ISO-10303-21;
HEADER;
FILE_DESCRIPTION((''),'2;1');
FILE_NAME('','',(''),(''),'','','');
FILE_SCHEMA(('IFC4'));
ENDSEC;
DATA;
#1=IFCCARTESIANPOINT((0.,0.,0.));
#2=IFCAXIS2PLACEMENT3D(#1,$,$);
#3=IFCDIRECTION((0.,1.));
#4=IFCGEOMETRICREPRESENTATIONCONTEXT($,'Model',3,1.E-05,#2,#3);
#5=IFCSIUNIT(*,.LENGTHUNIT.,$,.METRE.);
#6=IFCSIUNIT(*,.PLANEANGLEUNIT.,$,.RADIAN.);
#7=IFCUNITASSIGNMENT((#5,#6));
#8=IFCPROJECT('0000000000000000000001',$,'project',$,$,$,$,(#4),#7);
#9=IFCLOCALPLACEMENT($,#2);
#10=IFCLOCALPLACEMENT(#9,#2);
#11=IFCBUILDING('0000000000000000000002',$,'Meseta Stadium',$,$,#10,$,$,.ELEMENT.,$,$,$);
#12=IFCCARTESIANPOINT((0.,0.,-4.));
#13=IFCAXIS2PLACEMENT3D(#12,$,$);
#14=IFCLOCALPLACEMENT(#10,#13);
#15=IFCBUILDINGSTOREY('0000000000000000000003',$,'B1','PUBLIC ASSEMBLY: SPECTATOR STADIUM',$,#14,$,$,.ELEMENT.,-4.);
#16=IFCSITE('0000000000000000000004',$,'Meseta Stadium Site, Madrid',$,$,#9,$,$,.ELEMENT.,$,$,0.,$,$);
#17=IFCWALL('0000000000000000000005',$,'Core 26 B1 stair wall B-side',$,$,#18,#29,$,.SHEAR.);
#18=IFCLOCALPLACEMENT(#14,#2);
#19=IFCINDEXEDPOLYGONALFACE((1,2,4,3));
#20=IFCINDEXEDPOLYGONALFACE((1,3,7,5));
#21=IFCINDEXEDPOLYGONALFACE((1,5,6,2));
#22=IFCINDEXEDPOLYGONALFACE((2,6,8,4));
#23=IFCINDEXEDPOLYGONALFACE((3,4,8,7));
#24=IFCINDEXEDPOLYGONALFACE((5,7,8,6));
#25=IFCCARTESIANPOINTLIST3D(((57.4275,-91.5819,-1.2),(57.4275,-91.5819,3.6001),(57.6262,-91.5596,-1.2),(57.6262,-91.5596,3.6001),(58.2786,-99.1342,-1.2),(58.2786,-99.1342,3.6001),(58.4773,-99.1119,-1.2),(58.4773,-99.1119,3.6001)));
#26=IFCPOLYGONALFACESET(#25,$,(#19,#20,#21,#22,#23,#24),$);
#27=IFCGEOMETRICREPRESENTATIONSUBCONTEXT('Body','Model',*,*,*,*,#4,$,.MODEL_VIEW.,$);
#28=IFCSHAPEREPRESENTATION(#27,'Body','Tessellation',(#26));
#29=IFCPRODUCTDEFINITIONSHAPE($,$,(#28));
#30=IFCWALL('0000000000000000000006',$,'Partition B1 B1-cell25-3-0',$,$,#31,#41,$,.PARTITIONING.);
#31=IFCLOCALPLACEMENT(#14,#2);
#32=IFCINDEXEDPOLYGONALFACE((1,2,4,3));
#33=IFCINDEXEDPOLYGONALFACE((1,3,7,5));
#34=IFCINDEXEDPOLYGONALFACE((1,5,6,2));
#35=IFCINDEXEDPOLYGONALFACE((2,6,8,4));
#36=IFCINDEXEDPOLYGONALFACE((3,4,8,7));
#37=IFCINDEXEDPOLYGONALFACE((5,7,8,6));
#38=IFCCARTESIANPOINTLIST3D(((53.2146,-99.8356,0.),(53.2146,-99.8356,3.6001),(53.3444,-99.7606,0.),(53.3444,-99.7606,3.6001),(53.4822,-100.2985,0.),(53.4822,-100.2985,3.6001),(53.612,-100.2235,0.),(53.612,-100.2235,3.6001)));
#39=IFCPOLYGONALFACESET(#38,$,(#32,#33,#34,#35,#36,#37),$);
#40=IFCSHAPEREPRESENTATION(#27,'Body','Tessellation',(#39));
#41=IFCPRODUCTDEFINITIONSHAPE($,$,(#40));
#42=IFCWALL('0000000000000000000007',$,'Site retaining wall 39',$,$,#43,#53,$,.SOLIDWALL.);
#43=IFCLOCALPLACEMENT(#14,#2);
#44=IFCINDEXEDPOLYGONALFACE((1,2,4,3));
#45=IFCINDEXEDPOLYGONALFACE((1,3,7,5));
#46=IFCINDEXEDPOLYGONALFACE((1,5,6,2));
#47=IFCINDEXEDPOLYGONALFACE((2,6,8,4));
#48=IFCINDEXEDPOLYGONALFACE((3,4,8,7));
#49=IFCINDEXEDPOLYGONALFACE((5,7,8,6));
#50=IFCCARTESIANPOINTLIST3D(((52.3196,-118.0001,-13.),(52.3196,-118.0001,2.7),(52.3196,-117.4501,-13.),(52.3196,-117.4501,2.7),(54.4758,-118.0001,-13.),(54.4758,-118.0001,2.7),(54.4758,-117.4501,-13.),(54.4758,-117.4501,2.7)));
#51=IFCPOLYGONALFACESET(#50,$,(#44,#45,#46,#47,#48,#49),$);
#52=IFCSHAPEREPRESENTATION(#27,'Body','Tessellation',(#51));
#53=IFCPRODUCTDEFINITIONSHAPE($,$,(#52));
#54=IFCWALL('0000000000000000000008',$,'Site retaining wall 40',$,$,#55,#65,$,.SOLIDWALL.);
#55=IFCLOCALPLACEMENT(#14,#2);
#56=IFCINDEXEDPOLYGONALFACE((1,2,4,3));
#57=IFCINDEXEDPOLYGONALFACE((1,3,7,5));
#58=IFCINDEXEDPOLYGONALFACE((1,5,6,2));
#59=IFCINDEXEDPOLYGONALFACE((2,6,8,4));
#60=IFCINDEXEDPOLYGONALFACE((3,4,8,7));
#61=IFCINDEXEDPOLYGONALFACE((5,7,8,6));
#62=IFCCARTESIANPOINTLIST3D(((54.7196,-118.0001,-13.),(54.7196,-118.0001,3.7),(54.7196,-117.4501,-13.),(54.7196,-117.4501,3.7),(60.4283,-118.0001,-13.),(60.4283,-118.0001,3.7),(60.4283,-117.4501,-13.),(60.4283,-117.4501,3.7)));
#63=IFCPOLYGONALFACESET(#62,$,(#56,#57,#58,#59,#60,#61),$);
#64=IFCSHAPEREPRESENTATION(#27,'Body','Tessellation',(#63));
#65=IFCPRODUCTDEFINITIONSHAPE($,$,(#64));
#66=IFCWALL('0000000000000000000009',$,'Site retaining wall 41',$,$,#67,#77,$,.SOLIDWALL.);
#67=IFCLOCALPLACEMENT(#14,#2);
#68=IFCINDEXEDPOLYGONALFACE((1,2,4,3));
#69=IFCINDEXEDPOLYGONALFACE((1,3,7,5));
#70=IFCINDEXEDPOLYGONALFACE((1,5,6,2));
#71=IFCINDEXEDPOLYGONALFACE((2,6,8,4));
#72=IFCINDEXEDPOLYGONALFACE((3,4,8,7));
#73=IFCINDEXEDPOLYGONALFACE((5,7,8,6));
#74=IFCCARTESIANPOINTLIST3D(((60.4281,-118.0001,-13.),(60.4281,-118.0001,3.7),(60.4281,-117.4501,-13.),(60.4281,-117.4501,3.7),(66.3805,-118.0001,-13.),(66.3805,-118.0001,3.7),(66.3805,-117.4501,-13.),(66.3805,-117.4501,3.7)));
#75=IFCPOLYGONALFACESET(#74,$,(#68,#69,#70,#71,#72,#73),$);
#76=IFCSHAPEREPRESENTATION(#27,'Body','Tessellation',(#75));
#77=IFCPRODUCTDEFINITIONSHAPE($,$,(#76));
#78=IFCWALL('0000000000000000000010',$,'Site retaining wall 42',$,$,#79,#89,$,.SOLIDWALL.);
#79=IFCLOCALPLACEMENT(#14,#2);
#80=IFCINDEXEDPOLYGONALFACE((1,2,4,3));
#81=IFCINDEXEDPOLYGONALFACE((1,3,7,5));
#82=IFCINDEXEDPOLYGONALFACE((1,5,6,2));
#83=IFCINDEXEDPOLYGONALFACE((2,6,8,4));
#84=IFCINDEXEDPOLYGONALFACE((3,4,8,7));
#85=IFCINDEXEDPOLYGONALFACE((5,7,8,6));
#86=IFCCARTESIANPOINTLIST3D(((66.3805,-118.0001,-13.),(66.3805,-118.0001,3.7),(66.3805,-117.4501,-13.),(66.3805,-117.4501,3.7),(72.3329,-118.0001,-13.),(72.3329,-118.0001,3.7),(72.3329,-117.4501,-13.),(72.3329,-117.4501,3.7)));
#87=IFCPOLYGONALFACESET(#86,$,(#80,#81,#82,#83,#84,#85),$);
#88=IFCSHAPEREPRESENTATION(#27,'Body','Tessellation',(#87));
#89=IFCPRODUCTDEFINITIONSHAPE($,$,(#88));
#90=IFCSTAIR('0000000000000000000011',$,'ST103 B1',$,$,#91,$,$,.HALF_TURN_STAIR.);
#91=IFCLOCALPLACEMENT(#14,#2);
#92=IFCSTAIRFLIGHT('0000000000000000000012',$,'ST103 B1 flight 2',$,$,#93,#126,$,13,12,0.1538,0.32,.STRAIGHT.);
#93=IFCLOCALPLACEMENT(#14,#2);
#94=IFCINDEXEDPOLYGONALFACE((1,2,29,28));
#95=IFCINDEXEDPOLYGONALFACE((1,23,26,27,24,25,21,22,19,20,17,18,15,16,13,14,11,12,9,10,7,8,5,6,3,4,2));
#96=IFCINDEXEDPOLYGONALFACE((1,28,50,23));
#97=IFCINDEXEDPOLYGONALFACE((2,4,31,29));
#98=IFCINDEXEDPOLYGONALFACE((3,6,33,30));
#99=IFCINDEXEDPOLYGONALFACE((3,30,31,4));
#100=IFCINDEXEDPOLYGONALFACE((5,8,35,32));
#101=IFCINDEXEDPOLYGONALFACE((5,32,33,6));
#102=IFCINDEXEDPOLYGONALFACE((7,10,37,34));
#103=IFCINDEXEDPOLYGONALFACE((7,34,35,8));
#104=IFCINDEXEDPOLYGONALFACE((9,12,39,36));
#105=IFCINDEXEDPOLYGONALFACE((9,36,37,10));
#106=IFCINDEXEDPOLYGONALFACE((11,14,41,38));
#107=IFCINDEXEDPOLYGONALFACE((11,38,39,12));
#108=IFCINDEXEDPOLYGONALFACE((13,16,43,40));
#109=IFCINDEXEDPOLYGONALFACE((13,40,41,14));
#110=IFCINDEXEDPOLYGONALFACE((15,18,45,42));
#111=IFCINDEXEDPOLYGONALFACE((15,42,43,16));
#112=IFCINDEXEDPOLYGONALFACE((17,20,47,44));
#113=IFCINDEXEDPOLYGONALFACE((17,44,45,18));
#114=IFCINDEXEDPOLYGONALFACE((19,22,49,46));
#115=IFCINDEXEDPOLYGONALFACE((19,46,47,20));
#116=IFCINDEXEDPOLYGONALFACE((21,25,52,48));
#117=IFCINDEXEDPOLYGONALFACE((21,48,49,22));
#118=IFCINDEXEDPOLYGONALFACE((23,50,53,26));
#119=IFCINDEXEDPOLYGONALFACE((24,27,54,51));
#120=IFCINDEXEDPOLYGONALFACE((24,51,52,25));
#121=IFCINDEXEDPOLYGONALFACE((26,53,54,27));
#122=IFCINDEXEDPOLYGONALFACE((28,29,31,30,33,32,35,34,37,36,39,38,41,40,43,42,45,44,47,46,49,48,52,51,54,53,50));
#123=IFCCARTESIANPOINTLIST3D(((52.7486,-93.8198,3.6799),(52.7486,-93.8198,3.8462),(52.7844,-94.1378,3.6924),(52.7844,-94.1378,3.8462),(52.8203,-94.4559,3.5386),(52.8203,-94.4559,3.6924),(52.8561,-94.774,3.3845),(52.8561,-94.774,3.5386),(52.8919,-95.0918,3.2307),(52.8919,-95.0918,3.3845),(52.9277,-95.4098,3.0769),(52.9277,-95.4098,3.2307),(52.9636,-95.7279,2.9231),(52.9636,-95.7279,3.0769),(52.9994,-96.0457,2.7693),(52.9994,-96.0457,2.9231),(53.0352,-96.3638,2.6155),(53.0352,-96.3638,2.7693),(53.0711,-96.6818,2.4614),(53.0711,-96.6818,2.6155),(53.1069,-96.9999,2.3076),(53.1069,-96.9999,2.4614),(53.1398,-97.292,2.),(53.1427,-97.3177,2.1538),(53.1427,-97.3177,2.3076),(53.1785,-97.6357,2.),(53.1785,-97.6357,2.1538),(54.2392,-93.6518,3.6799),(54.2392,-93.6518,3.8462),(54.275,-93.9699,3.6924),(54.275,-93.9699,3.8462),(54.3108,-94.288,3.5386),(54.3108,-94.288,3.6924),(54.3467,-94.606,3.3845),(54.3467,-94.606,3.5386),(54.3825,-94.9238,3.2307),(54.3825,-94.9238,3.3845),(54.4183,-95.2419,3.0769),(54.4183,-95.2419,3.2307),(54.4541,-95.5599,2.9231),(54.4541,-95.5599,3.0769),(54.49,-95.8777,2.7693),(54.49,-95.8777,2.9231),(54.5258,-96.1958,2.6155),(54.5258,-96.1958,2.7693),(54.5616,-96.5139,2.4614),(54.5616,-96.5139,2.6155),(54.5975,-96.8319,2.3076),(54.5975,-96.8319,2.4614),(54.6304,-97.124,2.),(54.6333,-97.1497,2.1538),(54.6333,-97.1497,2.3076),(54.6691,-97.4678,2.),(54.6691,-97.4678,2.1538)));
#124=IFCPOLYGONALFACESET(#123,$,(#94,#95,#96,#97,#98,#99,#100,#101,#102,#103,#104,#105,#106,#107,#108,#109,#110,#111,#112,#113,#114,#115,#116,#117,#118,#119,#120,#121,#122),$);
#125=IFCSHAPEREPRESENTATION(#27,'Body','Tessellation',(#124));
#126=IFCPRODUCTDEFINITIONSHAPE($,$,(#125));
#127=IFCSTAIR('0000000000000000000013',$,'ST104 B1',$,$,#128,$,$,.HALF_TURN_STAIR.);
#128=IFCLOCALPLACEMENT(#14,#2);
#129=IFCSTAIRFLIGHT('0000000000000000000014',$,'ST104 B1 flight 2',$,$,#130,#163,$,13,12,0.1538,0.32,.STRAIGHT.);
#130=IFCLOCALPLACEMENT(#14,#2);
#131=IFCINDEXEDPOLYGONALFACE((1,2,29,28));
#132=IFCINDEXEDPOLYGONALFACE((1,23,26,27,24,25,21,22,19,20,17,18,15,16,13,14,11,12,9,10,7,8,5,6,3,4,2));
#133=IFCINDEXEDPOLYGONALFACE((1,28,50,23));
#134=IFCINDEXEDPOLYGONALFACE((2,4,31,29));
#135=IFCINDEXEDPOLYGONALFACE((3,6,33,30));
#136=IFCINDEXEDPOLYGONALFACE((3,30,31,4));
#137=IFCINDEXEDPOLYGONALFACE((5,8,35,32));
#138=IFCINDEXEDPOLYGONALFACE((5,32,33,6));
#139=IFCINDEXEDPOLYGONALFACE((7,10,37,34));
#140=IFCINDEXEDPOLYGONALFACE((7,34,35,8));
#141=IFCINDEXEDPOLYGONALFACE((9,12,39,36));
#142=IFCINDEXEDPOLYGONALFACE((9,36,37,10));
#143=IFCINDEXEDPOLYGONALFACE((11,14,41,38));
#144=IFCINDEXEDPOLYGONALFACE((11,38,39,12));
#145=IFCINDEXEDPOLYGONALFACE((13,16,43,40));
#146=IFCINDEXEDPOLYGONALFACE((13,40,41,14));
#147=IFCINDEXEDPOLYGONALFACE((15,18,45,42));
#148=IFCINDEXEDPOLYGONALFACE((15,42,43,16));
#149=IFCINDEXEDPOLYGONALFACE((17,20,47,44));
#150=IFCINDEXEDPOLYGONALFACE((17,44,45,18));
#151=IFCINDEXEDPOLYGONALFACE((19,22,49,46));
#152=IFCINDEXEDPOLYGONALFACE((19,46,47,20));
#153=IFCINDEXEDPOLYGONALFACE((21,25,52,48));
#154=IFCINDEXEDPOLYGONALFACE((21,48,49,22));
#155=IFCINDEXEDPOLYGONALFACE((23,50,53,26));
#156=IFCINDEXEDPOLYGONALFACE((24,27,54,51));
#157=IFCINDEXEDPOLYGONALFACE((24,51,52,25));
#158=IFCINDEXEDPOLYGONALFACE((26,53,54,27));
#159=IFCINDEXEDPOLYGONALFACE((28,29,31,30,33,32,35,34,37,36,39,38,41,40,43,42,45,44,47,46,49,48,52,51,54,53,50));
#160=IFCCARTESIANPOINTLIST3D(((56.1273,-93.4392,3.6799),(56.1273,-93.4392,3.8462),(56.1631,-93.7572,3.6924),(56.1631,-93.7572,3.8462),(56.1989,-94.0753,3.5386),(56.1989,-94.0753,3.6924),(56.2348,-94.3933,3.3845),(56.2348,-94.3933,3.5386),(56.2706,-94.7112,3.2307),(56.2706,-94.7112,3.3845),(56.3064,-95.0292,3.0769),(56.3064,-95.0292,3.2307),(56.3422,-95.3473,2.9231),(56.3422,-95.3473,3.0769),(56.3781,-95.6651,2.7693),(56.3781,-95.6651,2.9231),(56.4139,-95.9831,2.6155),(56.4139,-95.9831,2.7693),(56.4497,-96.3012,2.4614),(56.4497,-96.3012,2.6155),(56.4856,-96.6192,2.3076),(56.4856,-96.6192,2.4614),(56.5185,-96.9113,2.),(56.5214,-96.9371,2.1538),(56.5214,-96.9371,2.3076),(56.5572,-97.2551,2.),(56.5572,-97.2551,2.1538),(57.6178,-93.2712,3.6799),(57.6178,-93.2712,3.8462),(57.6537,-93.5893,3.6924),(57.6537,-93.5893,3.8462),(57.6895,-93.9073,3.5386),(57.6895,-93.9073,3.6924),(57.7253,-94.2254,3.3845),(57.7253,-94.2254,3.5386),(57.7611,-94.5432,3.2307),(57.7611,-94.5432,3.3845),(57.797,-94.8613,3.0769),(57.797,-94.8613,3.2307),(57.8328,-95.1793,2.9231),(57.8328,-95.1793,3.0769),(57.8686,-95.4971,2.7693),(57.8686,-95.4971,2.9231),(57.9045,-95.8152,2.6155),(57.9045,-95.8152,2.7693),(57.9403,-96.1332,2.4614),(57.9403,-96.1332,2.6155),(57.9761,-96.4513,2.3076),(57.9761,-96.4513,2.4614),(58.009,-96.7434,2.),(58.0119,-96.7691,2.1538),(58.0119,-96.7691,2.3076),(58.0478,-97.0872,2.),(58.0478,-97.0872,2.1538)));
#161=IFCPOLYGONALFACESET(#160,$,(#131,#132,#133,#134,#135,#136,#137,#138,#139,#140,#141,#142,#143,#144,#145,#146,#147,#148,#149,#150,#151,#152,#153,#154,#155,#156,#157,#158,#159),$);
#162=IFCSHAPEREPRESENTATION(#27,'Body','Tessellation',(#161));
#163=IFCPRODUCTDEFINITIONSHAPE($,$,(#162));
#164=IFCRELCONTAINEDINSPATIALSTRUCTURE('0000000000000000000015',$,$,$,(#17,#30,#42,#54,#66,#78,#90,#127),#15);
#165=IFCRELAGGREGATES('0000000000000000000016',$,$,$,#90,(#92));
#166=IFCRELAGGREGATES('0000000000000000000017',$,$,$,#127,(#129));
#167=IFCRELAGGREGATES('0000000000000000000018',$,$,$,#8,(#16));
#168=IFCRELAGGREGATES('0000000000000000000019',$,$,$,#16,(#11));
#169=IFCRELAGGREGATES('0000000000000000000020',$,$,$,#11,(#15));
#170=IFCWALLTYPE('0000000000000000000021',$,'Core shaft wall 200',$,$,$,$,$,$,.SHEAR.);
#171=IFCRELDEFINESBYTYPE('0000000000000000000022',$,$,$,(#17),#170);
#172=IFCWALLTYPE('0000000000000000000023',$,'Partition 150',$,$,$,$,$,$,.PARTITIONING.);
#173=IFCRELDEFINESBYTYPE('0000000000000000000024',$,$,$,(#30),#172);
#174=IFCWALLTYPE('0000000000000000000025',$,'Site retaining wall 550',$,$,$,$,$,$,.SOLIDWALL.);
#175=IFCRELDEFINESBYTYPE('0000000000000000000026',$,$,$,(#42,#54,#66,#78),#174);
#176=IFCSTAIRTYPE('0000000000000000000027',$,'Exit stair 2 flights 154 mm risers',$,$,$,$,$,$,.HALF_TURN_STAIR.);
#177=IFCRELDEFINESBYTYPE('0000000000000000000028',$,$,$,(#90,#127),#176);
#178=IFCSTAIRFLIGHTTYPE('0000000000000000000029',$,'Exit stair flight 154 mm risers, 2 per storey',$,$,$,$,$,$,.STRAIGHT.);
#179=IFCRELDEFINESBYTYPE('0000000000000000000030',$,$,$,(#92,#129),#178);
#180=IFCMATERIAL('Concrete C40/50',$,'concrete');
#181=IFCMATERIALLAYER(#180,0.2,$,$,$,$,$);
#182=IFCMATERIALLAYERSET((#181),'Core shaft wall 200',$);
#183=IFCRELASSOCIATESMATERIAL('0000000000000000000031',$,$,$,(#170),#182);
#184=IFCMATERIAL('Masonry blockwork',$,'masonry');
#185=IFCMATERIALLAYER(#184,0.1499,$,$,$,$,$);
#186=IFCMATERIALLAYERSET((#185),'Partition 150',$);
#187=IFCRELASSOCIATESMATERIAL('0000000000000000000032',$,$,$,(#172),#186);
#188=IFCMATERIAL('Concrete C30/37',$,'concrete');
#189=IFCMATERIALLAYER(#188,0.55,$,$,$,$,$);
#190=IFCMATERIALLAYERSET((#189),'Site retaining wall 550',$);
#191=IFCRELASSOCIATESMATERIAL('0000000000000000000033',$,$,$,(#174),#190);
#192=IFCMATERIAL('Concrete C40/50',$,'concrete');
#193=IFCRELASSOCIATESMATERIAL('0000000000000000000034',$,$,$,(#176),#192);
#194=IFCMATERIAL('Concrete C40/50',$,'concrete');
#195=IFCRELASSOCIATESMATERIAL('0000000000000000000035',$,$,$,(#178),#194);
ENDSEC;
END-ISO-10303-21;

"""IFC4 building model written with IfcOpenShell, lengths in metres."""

from ifc_helpers import new_model, si_unit, direction, frame, frame_2d, origin, place, context, subcontext, project, spatial, polyline, rectangle, outline, extrude, material, layer, layer_set, type_object, element, aggregate, save


model = new_model("IFC4")

# Units and contexts
model_context = context("Model", 3, precision=1e-05, world=origin(), true_north=direction((0.0, 1.0)))
body_context = subcontext(model_context, "Body", "Model", "MODEL_VIEW")
ifc_project = project(units=[si_unit("LENGTHUNIT", "METRE"), si_unit("PLANEANGLEUNIT", "RADIAN")], contexts=[model_context])

# Site, building, storey
site_placement = place(None, origin())
site = spatial("IfcSite", under=ifc_project, at=site_placement, Name="Meseta Stadium Site, Madrid", CompositionType="ELEMENT", RefElevation=0.0)
building_placement = place(site_placement, origin())
building = spatial("IfcBuilding", under=site, at=building_placement, Name="Meseta Stadium", CompositionType="ELEMENT")
storey_placement = place(building_placement, frame((0.0, 0.0, -4.0)))
storey = spatial("IfcBuildingStorey", under=building, at=storey_placement, Name="B1", Description="PUBLIC ASSEMBLY: SPECTATOR STADIUM", CompositionType="ELEMENT", Elevation=-4.0)

# Walls
ifc_material_1 = material(Name="Concrete C40/50", Category="concrete")
ifc_layer_1 = layer(ifc_material_1, 0.2)
ifc_layer_set_1 = layer_set([ifc_layer_1], Name="Core shaft wall 200")
wall_type_1 = type_object("IfcWallType", Name="Core shaft wall 200", PredefinedType="SHEAR", material=ifc_layer_set_1)
wall_1_placement = place(storey_placement, frame((58.3779, -99.123, -1.2), z_axis=(0.0, 0.0, 1.0), x_axis=(-0.111983, 0.99371, 0.0)))
element("IfcWall", 1, at=wall_1_placement, inside=storey, type_object=wall_type_1, Name="Core 26 B1 stair wall B-side", PredefinedType="SHEAR", context=body_context, shape_type="SweptSolid", body=[
    extrude(rectangle(XDim=7.6001, YDim=0.2, at=frame_2d((3.8, 0.0))), origin(), (0.0, 0.0, 1.0), 4.8),
])
ifc_material_2 = material(Name="Masonry blockwork", Category="masonry")
ifc_layer_2 = layer(ifc_material_2, 0.1499)
ifc_layer_set_2 = layer_set([ifc_layer_2], Name="Partition 150")
wall_type_2 = type_object("IfcWallType", Name="Partition 150", PredefinedType="PARTITIONING", material=ifc_layer_set_2)
wall_2_placement = place(storey_placement, frame((53.5471, -100.261, 0.0), z_axis=(0.0, 0.0, 1.0), x_axis=(-0.50046, 0.86576, 0.0)))
element("IfcWall", 2, at=wall_2_placement, inside=storey, type_object=wall_type_2, Name="Partition B1 B1-cell25-3-0", PredefinedType="PARTITIONING", context=body_context, shape_type="SweptSolid", body=[
    extrude(rectangle(XDim=0.5347, YDim=0.1499, at=frame_2d((0.2673, 0.0))), origin(), (0.0, 0.0, 1.0), 3.6001),
])
ifc_material_3 = material(Name="Concrete C30/37", Category="concrete")
ifc_layer_3 = layer(ifc_material_3, 0.55)
ifc_layer_set_3 = layer_set([ifc_layer_3], Name="Site retaining wall 550")
wall_type_3 = type_object("IfcWallType", Name="Site retaining wall 550", PredefinedType="SOLIDWALL", material=ifc_layer_set_3)
wall_3_placement = place(storey_placement, frame((52.3196, -117.7251, -13.0), z_axis=(0.0, 0.0, 1.0), x_axis=(1.0, 0.0, 0.0)))
element("IfcWall", 3, at=wall_3_placement, inside=storey, type_object=wall_type_3, Name="Site retaining wall 39", PredefinedType="SOLIDWALL", context=body_context, shape_type="SweptSolid", body=[
    extrude(rectangle(XDim=2.1562, YDim=0.55, at=frame_2d((1.0781, 0.0))), origin(), (0.0, 0.0, 1.0), 15.7),
])
wall_4_placement = place(storey_placement, frame((54.7195, -117.7251, -13.0), z_axis=(0.0, 0.0, 1.0), x_axis=(1.0, 0.0, 0.0)))
element("IfcWall", 4, at=wall_4_placement, inside=storey, type_object=wall_type_3, Name="Site retaining wall 40", PredefinedType="SOLIDWALL", context=body_context, shape_type="SweptSolid", body=[
    extrude(rectangle(XDim=5.7087, YDim=0.55, at=frame_2d((2.8545, 0.0))), origin(), (0.0, 0.0, 1.0), 16.7),
])
for number, where, z_axis, x_axis, name in (
    (5, (60.4282, -117.7251, -13.0), (0.0, 0.0, 1.0), (1.0, 0.0, 0.0), "Site retaining wall 41"),
    (6, (66.3806, -117.7251, -13.0), (0.0, 0.0, 1.0), (1.0, 0.0, 0.0), "Site retaining wall 42"),
):
    element("IfcWall", number, at=place(storey_placement, frame(where, z_axis=z_axis, x_axis=x_axis)), inside=storey, type_object=wall_type_3, Name=name, PredefinedType="SOLIDWALL", context=body_context, shape_type="SweptSolid", body=[
        extrude(rectangle(XDim=5.9524, YDim=0.55, at=frame_2d((2.9761, 0.0))), origin(), (0.0, 0.0, 1.0), 16.7),
    ])

# Stairs, stair flights
ifc_material_4 = material(Name="Concrete C40/50", Category="concrete")
stair_type = type_object("IfcStairType", Name="Exit stair 2 flights 154 mm risers", PredefinedType="HALF_TURN_STAIR", material=ifc_material_4)
stair_1_placement = place(storey_placement, origin())
stair_1 = element("IfcStair", 7, at=stair_1_placement, inside=storey, type_object=stair_type, Name="ST103 B1", PredefinedType="HALF_TURN_STAIR")
ifc_material_5 = material(Name="Concrete C40/50", Category="concrete")
stair_flight_type = type_object("IfcStairFlightType", Name="Exit stair flight 154 mm risers, 2 per storey", PredefinedType="STRAIGHT", material=ifc_material_5)
stair_flight_1_placement = place(storey_placement, frame((53.9238, -97.5518, 2.0), z_axis=(0.0, 0.0, 1.0), x_axis=(-0.111964, 0.993712, 0.0)))
stair_flight_1 = element("IfcStairFlight", 8, at=stair_flight_1_placement, type_object=stair_flight_type, Name="ST103 B1 flight 2", NumberOfRisers=13, NumberOfTreads=12, PredefinedType="STRAIGHT", RiserHeight=0.1538, TreadLength=0.32, context=body_context, shape_type="SweptSolid", body=[
    extrude(outline(polyline([(0.0, 0.0), (0.0, 0.1538), (0.3201, 0.1538), (0.3201, 0.3076), (0.6399, 0.3076), (0.6399, 0.4614), (0.96, 0.4614), (0.96, 0.6155), (1.28, 0.6155), (1.28, 0.7693), (1.6001, 0.7693), (1.6001, 0.9231), (1.9199, 0.9231), (1.9199, 1.0769), (2.24, 1.0769), (2.24, 1.2307), (2.5601, 1.2307), (2.5601, 1.3845), (2.8799, 1.3845), (2.8799, 1.5386), (3.2, 1.5386), (3.2, 1.6924), (3.52, 1.6924), (3.52, 1.8462), (3.8401, 1.8462), (3.8401, 1.6799), (0.3459, 0.0), (0.0, 0.0)])), frame((0.0, 0.75, 0.0), z_axis=(0.0, -1.0, 0.0), x_axis=(1.0, 0.0, 0.0)), (0.0, 0.0, 1.0), 1.5),
])
aggregate(stair_1, [stair_flight_1])
stair_2_placement = place(storey_placement, origin())
stair_2 = element("IfcStair", 9, at=stair_2_placement, inside=storey, type_object=stair_type, Name="ST104 B1", PredefinedType="HALF_TURN_STAIR")
stair_flight_2_placement = place(storey_placement, frame((57.3025, -97.1711, 2.0), z_axis=(0.0, 0.0, 1.0), x_axis=(-0.111964, 0.993712, 0.0)))
stair_flight_2 = element("IfcStairFlight", 10, at=stair_flight_2_placement, type_object=stair_flight_type, Name="ST104 B1 flight 2", NumberOfRisers=13, NumberOfTreads=12, PredefinedType="STRAIGHT", RiserHeight=0.1538, TreadLength=0.32, context=body_context, shape_type="SweptSolid", body=[
    extrude(outline(polyline([(0.0, 0.0), (0.0, 0.1538), (0.3201, 0.1538), (0.3201, 0.3076), (0.6399, 0.3076), (0.6399, 0.4614), (0.96, 0.4614), (0.96, 0.6155), (1.28, 0.6155), (1.28, 0.7693), (1.6001, 0.7693), (1.6001, 0.9231), (1.9199, 0.9231), (1.9199, 1.0769), (2.24, 1.0769), (2.24, 1.2307), (2.5601, 1.2307), (2.5601, 1.3845), (2.8799, 1.3845), (2.8799, 1.5386), (3.2, 1.5386), (3.2, 1.6924), (3.52, 1.6924), (3.52, 1.8462), (3.8401, 1.8462), (3.8401, 1.6799), (0.3459, 0.0), (0.0, 0.0)])), frame((0.0, 0.75, 0.0), z_axis=(0.0, -1.0, 0.0), x_axis=(1.0, 0.0, 0.0)), (0.0, 0.0, 1.0), 1.5),
])
aggregate(stair_2, [stair_flight_2])

save(model, "model.ifc")
